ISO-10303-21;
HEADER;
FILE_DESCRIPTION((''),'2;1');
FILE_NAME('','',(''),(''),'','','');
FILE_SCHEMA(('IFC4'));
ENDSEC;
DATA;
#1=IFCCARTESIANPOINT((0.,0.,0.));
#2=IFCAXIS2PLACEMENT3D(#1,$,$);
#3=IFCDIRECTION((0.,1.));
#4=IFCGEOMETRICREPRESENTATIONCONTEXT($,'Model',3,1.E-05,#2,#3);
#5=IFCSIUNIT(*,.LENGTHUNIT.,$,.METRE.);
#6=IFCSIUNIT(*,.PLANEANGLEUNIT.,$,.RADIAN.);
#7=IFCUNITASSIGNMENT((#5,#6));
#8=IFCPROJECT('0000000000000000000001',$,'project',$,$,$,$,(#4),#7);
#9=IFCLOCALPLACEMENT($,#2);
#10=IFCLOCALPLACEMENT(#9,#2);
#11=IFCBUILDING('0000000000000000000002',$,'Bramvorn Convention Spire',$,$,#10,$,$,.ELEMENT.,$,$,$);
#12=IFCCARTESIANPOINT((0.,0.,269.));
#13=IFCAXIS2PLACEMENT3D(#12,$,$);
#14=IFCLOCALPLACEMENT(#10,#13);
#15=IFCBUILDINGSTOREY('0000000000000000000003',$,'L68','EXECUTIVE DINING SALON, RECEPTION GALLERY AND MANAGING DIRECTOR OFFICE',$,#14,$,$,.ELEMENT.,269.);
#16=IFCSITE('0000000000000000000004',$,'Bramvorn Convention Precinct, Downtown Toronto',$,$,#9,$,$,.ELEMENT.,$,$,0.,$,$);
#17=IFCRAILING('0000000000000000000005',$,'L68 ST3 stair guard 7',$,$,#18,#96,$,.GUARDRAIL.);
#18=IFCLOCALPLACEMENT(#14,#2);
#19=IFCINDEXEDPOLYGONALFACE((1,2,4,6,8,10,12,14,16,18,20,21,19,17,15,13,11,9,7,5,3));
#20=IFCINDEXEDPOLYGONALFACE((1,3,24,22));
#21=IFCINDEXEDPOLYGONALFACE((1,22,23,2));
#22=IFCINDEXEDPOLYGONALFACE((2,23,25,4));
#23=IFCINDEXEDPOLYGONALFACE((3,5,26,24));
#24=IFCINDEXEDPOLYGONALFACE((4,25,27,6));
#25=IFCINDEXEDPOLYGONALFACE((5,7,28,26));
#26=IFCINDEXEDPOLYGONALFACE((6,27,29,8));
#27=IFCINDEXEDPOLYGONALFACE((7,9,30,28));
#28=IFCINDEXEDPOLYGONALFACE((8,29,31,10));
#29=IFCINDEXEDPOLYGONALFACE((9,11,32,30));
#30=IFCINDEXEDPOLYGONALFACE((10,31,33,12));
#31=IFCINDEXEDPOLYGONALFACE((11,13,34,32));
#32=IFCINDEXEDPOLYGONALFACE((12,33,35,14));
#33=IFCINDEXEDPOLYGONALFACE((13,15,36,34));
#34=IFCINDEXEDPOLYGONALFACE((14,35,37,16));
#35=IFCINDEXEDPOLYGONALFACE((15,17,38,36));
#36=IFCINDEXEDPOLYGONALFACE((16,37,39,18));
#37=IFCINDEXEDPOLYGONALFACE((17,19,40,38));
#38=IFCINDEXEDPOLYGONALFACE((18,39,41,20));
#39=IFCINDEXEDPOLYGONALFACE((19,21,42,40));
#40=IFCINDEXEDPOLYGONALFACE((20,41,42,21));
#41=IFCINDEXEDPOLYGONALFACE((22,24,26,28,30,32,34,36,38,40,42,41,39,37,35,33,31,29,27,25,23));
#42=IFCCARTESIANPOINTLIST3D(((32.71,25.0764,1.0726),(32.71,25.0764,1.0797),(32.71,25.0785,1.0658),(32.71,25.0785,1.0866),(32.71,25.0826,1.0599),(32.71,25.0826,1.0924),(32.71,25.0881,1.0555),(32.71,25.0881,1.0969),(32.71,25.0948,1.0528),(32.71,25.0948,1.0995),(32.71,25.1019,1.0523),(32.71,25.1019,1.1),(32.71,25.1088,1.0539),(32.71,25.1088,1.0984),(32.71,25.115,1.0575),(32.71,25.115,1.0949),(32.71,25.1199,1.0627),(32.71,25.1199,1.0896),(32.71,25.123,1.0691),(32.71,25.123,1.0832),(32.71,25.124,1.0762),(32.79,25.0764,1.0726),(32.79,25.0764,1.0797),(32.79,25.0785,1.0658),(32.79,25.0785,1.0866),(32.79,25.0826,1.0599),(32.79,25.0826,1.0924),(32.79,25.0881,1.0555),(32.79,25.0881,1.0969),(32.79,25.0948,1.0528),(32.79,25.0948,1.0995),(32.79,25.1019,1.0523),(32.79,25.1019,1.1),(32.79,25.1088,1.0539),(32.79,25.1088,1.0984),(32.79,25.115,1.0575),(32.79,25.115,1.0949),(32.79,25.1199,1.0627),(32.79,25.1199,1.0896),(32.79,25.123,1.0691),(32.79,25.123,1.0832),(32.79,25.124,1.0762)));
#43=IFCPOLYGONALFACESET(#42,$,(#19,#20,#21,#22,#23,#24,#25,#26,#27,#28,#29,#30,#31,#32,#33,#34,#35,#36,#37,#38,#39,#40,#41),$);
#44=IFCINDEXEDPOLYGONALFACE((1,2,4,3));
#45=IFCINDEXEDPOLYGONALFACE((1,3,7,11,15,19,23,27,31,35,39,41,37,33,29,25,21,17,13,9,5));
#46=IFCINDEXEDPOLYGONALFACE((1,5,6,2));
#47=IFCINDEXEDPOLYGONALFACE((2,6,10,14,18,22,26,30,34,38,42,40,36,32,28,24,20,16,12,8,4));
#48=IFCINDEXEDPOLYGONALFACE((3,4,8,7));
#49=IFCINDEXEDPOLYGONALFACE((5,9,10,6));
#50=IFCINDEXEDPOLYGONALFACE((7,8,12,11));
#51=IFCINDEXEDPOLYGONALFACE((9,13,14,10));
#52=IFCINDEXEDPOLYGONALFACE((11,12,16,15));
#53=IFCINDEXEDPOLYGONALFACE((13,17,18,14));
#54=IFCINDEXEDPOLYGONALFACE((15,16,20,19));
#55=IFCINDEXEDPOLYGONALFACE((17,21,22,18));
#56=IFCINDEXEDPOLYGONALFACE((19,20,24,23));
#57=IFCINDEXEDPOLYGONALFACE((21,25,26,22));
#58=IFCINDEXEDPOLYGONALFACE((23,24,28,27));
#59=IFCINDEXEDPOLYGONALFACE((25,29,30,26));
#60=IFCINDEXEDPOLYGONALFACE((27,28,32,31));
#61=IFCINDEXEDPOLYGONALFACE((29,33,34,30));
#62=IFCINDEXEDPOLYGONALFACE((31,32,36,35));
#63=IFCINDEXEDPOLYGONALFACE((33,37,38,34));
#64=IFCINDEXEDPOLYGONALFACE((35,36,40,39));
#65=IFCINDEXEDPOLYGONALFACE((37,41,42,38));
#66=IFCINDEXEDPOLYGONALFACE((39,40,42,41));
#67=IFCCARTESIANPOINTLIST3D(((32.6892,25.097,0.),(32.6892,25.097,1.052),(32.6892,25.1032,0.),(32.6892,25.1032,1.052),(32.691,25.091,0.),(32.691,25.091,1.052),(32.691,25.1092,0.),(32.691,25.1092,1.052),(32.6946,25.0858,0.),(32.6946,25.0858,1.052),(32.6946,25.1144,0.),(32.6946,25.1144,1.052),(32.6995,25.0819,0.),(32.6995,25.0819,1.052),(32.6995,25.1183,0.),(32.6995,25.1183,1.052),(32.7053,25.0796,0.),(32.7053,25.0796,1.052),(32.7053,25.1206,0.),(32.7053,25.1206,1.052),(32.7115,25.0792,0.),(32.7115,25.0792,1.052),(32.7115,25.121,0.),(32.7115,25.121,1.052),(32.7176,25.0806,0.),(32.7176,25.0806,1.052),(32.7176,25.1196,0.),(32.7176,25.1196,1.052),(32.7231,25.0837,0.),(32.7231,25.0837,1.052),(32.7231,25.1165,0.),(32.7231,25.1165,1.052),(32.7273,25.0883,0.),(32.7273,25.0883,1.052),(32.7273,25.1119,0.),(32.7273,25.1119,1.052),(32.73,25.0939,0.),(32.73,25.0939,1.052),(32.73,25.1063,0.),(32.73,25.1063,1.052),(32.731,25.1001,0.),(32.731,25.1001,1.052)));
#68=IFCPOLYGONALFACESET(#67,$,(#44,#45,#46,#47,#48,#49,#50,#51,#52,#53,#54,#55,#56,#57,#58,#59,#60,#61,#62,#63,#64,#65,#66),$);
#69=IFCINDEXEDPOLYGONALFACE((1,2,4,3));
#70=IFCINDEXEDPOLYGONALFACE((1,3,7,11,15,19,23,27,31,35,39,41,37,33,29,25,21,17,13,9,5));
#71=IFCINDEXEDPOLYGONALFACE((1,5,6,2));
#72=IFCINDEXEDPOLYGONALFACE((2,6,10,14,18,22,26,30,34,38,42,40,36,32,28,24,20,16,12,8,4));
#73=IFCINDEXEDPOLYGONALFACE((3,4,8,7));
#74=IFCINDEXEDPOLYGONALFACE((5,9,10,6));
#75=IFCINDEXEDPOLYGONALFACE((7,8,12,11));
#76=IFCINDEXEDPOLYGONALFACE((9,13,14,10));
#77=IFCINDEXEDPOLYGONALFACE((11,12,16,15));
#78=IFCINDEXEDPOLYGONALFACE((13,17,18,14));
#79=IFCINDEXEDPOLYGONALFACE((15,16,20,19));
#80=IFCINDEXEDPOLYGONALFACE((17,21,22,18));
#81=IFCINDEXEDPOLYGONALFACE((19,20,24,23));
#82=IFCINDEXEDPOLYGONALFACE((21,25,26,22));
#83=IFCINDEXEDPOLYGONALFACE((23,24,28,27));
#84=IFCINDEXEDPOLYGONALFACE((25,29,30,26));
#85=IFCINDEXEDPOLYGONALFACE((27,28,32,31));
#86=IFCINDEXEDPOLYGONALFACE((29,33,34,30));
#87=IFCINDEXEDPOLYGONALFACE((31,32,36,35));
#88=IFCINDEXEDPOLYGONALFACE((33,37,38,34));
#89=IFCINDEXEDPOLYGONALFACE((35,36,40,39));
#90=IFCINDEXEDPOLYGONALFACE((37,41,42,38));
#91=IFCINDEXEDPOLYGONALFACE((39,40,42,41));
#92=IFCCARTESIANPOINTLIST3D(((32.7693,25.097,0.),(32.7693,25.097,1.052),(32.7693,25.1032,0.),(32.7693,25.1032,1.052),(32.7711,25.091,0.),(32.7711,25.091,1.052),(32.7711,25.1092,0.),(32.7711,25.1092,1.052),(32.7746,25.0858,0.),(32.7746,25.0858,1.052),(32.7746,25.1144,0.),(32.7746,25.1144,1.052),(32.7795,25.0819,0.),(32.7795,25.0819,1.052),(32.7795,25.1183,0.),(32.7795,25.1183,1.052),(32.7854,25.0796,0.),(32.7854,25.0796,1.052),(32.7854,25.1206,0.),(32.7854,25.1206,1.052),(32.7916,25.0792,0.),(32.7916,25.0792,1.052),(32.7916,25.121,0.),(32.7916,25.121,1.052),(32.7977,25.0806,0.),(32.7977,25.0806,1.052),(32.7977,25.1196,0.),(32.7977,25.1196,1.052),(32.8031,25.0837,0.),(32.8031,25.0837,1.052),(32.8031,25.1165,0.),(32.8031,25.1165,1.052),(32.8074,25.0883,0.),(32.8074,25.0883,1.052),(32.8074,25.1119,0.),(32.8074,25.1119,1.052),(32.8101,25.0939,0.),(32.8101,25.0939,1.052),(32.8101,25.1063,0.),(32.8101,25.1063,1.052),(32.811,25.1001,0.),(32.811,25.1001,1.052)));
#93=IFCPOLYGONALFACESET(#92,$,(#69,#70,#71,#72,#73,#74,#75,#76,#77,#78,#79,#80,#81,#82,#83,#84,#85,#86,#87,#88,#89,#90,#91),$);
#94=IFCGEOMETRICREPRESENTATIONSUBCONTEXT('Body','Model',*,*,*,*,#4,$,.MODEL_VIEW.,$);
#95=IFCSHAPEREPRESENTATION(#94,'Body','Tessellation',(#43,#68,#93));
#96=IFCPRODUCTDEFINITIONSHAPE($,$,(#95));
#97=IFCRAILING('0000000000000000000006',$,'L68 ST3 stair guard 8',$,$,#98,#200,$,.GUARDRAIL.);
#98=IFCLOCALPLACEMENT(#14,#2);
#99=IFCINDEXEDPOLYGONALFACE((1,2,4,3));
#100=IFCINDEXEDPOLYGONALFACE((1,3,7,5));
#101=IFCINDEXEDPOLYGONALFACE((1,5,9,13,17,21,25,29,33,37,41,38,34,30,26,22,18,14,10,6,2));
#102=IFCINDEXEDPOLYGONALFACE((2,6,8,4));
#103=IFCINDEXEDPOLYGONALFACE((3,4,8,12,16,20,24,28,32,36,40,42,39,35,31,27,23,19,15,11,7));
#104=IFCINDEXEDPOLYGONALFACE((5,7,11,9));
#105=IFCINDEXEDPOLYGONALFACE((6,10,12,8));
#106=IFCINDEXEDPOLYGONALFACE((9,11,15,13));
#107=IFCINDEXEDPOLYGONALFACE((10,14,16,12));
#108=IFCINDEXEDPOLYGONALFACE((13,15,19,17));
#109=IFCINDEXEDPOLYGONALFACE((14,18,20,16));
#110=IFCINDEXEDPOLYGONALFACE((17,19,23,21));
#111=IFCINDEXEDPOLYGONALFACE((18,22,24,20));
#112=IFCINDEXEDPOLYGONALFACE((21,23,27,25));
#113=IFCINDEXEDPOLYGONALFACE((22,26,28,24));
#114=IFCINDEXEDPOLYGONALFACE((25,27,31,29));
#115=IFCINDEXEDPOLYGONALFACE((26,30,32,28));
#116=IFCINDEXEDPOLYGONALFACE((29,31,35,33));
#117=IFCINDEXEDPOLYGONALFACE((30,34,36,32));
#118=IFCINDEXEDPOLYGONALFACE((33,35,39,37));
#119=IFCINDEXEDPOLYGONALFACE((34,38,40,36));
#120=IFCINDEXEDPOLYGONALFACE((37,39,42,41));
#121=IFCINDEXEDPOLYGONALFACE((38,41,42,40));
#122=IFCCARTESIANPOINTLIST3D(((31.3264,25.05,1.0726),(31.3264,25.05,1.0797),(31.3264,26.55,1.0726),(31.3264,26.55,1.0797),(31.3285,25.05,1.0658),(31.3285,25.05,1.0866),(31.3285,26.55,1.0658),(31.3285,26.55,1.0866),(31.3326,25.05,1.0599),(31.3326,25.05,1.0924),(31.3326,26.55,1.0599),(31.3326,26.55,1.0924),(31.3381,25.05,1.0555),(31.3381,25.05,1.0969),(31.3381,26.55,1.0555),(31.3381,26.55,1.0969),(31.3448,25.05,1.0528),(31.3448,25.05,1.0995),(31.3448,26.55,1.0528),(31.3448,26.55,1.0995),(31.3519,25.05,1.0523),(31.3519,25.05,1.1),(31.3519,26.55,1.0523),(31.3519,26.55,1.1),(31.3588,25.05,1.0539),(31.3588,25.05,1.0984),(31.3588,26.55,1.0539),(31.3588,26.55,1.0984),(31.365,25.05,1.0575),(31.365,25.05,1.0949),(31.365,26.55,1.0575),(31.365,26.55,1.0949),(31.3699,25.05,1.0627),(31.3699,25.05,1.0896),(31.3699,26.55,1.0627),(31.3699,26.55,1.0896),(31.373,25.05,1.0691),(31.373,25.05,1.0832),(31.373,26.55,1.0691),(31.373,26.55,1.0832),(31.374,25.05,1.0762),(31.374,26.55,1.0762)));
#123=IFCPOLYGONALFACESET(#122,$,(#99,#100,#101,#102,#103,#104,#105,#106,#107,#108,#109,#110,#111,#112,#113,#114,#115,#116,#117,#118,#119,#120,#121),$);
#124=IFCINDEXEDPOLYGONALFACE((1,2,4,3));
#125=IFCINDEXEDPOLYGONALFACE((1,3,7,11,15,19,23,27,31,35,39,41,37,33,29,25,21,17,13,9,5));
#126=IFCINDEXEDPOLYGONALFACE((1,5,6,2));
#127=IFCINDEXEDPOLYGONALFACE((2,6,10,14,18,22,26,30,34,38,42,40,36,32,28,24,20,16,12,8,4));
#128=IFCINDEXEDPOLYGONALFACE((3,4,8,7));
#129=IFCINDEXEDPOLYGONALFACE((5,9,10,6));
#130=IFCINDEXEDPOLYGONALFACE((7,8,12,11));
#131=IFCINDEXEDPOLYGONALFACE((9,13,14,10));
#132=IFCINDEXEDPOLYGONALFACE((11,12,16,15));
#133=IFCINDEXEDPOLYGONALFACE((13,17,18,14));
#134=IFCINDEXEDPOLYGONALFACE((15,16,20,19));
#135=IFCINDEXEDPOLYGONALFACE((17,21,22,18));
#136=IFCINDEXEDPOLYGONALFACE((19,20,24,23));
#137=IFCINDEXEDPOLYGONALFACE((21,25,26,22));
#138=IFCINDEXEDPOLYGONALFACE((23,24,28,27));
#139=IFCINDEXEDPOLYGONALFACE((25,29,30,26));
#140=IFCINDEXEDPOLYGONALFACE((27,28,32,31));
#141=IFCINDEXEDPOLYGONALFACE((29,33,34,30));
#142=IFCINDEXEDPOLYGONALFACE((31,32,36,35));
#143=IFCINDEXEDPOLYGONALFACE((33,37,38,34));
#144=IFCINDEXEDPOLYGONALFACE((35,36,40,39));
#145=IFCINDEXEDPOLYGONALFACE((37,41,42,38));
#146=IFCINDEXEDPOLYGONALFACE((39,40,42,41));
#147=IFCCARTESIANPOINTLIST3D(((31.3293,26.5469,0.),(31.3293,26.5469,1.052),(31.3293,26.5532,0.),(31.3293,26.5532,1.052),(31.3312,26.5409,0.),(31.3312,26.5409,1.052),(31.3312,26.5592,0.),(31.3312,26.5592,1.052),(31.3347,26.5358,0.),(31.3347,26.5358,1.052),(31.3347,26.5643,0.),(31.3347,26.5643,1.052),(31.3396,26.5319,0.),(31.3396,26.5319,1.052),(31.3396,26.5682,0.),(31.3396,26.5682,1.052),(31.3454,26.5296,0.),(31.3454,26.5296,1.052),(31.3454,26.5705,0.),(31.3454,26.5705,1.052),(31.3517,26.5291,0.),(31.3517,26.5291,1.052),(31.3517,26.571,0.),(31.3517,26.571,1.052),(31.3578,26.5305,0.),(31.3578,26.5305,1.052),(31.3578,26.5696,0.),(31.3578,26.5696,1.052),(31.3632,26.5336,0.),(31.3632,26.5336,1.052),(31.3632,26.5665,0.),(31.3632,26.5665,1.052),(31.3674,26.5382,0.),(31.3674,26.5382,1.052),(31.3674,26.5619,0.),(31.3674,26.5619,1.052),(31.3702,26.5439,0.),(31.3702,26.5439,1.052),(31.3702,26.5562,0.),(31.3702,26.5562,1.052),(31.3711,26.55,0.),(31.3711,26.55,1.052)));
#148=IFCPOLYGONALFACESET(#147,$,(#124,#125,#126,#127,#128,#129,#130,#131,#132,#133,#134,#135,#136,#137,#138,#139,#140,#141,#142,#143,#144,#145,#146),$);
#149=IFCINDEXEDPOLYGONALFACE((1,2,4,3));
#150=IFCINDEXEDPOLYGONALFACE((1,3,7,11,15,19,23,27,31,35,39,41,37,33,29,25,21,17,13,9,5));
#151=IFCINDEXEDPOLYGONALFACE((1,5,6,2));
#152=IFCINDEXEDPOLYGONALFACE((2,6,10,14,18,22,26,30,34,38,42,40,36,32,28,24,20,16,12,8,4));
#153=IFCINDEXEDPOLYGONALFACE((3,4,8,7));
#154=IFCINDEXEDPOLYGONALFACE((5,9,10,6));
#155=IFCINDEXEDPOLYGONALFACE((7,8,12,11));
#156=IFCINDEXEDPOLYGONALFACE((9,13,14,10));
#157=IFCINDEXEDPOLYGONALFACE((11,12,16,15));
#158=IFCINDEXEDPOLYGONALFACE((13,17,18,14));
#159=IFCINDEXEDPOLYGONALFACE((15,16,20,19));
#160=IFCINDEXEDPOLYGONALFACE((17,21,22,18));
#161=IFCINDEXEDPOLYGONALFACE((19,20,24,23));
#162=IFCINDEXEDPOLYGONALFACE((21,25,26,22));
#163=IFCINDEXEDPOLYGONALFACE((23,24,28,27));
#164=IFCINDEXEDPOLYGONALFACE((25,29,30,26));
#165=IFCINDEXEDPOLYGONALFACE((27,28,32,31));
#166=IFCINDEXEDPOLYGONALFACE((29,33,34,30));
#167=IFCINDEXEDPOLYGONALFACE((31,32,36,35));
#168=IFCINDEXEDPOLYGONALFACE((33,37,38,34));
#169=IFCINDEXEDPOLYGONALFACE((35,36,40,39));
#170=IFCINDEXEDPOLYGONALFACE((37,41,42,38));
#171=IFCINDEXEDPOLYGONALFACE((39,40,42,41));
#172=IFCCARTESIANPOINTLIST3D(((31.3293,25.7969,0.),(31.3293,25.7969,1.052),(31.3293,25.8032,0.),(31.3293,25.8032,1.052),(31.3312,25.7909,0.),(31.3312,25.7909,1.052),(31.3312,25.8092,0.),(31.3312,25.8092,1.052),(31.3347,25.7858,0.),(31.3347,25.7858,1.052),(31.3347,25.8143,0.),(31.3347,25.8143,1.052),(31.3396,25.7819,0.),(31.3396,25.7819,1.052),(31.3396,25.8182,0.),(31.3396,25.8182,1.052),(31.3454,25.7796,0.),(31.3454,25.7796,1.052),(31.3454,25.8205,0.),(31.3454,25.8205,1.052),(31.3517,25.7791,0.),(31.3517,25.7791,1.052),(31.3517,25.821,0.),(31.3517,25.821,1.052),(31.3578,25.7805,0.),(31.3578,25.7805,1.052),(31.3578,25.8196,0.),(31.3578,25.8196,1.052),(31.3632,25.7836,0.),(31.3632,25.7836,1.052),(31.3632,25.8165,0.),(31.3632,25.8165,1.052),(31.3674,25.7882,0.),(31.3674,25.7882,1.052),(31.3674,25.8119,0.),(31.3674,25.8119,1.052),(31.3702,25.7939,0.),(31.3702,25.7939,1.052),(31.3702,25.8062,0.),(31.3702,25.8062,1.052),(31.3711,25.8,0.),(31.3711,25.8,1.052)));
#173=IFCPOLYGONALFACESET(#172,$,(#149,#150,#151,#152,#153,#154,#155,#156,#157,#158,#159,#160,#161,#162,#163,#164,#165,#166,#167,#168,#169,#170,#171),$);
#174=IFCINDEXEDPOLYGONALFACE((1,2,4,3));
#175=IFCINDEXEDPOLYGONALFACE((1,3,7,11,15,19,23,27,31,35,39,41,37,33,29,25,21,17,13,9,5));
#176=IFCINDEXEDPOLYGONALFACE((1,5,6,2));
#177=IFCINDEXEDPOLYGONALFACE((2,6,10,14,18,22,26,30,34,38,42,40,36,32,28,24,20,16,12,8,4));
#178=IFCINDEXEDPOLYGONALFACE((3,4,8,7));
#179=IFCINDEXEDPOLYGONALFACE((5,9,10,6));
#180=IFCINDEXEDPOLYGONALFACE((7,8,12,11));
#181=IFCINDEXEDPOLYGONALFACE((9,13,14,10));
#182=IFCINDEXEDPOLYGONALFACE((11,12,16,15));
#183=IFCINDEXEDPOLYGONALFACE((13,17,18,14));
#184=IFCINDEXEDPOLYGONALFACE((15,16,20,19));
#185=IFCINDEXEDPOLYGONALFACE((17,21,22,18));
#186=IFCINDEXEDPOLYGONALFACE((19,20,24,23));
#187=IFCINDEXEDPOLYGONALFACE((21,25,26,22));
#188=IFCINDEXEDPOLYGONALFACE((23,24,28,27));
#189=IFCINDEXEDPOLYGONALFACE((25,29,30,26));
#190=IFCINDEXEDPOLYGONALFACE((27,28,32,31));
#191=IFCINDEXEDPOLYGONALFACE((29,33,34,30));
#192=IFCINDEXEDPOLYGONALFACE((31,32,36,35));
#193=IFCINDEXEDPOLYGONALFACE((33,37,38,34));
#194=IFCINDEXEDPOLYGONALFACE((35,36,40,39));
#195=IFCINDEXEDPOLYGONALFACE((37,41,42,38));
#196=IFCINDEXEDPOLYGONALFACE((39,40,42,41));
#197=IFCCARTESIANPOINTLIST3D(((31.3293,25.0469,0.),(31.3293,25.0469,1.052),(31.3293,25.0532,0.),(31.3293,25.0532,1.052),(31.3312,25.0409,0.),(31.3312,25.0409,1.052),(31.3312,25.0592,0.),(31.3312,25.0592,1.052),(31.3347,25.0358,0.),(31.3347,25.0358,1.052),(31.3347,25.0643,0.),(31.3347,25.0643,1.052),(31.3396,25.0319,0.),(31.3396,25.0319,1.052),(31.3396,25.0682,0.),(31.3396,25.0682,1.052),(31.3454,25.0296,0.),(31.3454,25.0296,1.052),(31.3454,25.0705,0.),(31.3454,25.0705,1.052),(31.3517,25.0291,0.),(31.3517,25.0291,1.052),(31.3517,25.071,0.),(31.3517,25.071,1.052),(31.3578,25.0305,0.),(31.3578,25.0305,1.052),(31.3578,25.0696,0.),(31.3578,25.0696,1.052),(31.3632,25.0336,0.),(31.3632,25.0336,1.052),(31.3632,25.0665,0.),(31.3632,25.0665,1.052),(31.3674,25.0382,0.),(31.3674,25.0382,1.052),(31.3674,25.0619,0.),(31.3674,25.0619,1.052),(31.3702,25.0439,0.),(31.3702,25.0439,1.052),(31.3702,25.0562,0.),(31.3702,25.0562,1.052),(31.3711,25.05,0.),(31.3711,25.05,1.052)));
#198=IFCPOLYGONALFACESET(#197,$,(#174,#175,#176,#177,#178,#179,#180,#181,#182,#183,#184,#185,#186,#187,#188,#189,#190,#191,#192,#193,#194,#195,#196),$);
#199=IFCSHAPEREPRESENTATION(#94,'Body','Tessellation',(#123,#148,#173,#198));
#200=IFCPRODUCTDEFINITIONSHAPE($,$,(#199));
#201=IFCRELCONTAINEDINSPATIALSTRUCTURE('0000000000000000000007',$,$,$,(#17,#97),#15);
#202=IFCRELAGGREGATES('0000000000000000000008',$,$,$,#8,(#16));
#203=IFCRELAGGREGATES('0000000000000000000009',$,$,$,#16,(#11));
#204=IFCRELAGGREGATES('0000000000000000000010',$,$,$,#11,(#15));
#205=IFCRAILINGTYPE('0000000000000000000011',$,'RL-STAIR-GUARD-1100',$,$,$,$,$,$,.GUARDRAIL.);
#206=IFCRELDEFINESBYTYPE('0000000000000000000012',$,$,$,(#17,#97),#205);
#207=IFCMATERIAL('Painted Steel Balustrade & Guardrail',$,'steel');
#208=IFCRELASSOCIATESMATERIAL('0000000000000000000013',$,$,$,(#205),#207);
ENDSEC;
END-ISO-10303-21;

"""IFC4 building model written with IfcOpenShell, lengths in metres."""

from ifc_helpers import new_model, si_unit, direction, frame, origin, origin_2d, place, context, subcontext, project, spatial, circle, extrude, material, type_object, element, save


model = new_model("IFC4")

# Units and contexts
model_context = context("Model", 3, precision=1e-05, world=origin(), true_north=direction((0.0, 1.0)))
body_context = subcontext(model_context, "Body", "Model", "MODEL_VIEW")
ifc_project = project(units=[si_unit("LENGTHUNIT", "METRE"), si_unit("PLANEANGLEUNIT", "RADIAN")], contexts=[model_context])

# Site, building, storey
site_placement = place(None, origin())
site = spatial("IfcSite", under=ifc_project, at=site_placement, Name="Bramvorn Convention Precinct, Downtown Toronto", CompositionType="ELEMENT", RefElevation=0.0)
building_placement = place(site_placement, origin())
building = spatial("IfcBuilding", under=site, at=building_placement, Name="Bramvorn Convention Spire", CompositionType="ELEMENT")
storey_placement = place(building_placement, frame((0.0, 0.0, 269.0)))
storey = spatial("IfcBuildingStorey", under=building, at=storey_placement, Name="L68", Description="EXECUTIVE DINING SALON, RECEPTION GALLERY AND MANAGING DIRECTOR OFFICE", CompositionType="ELEMENT", Elevation=269.0)

# Railings
ifc_material_1 = material(Name="Painted Steel Balustrade & Guardrail", Category="steel")
railing_type_1 = type_object("IfcRailingType", Name="RL-STAIR-GUARD-1100", PredefinedType="GUARDRAIL", material=ifc_material_1)
railing_1_placement = place(storey_placement, frame((32.71, 25.1001, 0.0)))
element("IfcRailing", 1, at=railing_1_placement, inside=storey, type_object=railing_type_1, Name="L68 ST3 stair guard 7", PredefinedType="GUARDRAIL", context=body_context, shape_type="SweptSolid", body=[
    extrude(circle(Radius=0.0239, at=origin_2d()), frame((0.0, 0.0, 1.0762), z_axis=(1.0, 0.0, 0.0), x_axis=(0.0, 1.0, 0.0)), (0.0, 0.0, 1.0), 0.0801),
    extrude(circle(Radius=0.021, at=origin_2d()), origin(), (0.0, 0.0, 1.0), 1.052),
    extrude(circle(Radius=0.021, at=origin_2d()), frame((0.0801, 0.0, 0.0)), (0.0, 0.0, 1.0), 1.052),
])
for number, where, name in (
    (2, (31.3501, 26.55, 0.0), "L68 ST3 stair guard 8"),
):
    element("IfcRailing", number, at=place(storey_placement, frame(where)), inside=storey, type_object=railing_type_1, Name=name, PredefinedType="GUARDRAIL", context=body_context, shape_type="SweptSolid", body=[
        extrude(circle(Radius=0.0239, at=origin_2d()), frame((0.0, 0.0, 1.0762), z_axis=(0.0, -1.0, 0.0), x_axis=(1.0, 0.0, 0.0)), (0.0, 0.0, 1.0), 1.5),
        extrude(circle(Radius=0.021, at=origin_2d()), origin(), (0.0, 0.0, 1.0), 1.052),
        extrude(circle(Radius=0.021, at=origin_2d()), frame((0.0, -0.75, 0.0)), (0.0, 0.0, 1.0), 1.052),
        extrude(circle(Radius=0.021, at=origin_2d()), frame((0.0, -1.5, 0.0)), (0.0, 0.0, 1.0), 1.052),
    ])

save(model, "model.ifc")
